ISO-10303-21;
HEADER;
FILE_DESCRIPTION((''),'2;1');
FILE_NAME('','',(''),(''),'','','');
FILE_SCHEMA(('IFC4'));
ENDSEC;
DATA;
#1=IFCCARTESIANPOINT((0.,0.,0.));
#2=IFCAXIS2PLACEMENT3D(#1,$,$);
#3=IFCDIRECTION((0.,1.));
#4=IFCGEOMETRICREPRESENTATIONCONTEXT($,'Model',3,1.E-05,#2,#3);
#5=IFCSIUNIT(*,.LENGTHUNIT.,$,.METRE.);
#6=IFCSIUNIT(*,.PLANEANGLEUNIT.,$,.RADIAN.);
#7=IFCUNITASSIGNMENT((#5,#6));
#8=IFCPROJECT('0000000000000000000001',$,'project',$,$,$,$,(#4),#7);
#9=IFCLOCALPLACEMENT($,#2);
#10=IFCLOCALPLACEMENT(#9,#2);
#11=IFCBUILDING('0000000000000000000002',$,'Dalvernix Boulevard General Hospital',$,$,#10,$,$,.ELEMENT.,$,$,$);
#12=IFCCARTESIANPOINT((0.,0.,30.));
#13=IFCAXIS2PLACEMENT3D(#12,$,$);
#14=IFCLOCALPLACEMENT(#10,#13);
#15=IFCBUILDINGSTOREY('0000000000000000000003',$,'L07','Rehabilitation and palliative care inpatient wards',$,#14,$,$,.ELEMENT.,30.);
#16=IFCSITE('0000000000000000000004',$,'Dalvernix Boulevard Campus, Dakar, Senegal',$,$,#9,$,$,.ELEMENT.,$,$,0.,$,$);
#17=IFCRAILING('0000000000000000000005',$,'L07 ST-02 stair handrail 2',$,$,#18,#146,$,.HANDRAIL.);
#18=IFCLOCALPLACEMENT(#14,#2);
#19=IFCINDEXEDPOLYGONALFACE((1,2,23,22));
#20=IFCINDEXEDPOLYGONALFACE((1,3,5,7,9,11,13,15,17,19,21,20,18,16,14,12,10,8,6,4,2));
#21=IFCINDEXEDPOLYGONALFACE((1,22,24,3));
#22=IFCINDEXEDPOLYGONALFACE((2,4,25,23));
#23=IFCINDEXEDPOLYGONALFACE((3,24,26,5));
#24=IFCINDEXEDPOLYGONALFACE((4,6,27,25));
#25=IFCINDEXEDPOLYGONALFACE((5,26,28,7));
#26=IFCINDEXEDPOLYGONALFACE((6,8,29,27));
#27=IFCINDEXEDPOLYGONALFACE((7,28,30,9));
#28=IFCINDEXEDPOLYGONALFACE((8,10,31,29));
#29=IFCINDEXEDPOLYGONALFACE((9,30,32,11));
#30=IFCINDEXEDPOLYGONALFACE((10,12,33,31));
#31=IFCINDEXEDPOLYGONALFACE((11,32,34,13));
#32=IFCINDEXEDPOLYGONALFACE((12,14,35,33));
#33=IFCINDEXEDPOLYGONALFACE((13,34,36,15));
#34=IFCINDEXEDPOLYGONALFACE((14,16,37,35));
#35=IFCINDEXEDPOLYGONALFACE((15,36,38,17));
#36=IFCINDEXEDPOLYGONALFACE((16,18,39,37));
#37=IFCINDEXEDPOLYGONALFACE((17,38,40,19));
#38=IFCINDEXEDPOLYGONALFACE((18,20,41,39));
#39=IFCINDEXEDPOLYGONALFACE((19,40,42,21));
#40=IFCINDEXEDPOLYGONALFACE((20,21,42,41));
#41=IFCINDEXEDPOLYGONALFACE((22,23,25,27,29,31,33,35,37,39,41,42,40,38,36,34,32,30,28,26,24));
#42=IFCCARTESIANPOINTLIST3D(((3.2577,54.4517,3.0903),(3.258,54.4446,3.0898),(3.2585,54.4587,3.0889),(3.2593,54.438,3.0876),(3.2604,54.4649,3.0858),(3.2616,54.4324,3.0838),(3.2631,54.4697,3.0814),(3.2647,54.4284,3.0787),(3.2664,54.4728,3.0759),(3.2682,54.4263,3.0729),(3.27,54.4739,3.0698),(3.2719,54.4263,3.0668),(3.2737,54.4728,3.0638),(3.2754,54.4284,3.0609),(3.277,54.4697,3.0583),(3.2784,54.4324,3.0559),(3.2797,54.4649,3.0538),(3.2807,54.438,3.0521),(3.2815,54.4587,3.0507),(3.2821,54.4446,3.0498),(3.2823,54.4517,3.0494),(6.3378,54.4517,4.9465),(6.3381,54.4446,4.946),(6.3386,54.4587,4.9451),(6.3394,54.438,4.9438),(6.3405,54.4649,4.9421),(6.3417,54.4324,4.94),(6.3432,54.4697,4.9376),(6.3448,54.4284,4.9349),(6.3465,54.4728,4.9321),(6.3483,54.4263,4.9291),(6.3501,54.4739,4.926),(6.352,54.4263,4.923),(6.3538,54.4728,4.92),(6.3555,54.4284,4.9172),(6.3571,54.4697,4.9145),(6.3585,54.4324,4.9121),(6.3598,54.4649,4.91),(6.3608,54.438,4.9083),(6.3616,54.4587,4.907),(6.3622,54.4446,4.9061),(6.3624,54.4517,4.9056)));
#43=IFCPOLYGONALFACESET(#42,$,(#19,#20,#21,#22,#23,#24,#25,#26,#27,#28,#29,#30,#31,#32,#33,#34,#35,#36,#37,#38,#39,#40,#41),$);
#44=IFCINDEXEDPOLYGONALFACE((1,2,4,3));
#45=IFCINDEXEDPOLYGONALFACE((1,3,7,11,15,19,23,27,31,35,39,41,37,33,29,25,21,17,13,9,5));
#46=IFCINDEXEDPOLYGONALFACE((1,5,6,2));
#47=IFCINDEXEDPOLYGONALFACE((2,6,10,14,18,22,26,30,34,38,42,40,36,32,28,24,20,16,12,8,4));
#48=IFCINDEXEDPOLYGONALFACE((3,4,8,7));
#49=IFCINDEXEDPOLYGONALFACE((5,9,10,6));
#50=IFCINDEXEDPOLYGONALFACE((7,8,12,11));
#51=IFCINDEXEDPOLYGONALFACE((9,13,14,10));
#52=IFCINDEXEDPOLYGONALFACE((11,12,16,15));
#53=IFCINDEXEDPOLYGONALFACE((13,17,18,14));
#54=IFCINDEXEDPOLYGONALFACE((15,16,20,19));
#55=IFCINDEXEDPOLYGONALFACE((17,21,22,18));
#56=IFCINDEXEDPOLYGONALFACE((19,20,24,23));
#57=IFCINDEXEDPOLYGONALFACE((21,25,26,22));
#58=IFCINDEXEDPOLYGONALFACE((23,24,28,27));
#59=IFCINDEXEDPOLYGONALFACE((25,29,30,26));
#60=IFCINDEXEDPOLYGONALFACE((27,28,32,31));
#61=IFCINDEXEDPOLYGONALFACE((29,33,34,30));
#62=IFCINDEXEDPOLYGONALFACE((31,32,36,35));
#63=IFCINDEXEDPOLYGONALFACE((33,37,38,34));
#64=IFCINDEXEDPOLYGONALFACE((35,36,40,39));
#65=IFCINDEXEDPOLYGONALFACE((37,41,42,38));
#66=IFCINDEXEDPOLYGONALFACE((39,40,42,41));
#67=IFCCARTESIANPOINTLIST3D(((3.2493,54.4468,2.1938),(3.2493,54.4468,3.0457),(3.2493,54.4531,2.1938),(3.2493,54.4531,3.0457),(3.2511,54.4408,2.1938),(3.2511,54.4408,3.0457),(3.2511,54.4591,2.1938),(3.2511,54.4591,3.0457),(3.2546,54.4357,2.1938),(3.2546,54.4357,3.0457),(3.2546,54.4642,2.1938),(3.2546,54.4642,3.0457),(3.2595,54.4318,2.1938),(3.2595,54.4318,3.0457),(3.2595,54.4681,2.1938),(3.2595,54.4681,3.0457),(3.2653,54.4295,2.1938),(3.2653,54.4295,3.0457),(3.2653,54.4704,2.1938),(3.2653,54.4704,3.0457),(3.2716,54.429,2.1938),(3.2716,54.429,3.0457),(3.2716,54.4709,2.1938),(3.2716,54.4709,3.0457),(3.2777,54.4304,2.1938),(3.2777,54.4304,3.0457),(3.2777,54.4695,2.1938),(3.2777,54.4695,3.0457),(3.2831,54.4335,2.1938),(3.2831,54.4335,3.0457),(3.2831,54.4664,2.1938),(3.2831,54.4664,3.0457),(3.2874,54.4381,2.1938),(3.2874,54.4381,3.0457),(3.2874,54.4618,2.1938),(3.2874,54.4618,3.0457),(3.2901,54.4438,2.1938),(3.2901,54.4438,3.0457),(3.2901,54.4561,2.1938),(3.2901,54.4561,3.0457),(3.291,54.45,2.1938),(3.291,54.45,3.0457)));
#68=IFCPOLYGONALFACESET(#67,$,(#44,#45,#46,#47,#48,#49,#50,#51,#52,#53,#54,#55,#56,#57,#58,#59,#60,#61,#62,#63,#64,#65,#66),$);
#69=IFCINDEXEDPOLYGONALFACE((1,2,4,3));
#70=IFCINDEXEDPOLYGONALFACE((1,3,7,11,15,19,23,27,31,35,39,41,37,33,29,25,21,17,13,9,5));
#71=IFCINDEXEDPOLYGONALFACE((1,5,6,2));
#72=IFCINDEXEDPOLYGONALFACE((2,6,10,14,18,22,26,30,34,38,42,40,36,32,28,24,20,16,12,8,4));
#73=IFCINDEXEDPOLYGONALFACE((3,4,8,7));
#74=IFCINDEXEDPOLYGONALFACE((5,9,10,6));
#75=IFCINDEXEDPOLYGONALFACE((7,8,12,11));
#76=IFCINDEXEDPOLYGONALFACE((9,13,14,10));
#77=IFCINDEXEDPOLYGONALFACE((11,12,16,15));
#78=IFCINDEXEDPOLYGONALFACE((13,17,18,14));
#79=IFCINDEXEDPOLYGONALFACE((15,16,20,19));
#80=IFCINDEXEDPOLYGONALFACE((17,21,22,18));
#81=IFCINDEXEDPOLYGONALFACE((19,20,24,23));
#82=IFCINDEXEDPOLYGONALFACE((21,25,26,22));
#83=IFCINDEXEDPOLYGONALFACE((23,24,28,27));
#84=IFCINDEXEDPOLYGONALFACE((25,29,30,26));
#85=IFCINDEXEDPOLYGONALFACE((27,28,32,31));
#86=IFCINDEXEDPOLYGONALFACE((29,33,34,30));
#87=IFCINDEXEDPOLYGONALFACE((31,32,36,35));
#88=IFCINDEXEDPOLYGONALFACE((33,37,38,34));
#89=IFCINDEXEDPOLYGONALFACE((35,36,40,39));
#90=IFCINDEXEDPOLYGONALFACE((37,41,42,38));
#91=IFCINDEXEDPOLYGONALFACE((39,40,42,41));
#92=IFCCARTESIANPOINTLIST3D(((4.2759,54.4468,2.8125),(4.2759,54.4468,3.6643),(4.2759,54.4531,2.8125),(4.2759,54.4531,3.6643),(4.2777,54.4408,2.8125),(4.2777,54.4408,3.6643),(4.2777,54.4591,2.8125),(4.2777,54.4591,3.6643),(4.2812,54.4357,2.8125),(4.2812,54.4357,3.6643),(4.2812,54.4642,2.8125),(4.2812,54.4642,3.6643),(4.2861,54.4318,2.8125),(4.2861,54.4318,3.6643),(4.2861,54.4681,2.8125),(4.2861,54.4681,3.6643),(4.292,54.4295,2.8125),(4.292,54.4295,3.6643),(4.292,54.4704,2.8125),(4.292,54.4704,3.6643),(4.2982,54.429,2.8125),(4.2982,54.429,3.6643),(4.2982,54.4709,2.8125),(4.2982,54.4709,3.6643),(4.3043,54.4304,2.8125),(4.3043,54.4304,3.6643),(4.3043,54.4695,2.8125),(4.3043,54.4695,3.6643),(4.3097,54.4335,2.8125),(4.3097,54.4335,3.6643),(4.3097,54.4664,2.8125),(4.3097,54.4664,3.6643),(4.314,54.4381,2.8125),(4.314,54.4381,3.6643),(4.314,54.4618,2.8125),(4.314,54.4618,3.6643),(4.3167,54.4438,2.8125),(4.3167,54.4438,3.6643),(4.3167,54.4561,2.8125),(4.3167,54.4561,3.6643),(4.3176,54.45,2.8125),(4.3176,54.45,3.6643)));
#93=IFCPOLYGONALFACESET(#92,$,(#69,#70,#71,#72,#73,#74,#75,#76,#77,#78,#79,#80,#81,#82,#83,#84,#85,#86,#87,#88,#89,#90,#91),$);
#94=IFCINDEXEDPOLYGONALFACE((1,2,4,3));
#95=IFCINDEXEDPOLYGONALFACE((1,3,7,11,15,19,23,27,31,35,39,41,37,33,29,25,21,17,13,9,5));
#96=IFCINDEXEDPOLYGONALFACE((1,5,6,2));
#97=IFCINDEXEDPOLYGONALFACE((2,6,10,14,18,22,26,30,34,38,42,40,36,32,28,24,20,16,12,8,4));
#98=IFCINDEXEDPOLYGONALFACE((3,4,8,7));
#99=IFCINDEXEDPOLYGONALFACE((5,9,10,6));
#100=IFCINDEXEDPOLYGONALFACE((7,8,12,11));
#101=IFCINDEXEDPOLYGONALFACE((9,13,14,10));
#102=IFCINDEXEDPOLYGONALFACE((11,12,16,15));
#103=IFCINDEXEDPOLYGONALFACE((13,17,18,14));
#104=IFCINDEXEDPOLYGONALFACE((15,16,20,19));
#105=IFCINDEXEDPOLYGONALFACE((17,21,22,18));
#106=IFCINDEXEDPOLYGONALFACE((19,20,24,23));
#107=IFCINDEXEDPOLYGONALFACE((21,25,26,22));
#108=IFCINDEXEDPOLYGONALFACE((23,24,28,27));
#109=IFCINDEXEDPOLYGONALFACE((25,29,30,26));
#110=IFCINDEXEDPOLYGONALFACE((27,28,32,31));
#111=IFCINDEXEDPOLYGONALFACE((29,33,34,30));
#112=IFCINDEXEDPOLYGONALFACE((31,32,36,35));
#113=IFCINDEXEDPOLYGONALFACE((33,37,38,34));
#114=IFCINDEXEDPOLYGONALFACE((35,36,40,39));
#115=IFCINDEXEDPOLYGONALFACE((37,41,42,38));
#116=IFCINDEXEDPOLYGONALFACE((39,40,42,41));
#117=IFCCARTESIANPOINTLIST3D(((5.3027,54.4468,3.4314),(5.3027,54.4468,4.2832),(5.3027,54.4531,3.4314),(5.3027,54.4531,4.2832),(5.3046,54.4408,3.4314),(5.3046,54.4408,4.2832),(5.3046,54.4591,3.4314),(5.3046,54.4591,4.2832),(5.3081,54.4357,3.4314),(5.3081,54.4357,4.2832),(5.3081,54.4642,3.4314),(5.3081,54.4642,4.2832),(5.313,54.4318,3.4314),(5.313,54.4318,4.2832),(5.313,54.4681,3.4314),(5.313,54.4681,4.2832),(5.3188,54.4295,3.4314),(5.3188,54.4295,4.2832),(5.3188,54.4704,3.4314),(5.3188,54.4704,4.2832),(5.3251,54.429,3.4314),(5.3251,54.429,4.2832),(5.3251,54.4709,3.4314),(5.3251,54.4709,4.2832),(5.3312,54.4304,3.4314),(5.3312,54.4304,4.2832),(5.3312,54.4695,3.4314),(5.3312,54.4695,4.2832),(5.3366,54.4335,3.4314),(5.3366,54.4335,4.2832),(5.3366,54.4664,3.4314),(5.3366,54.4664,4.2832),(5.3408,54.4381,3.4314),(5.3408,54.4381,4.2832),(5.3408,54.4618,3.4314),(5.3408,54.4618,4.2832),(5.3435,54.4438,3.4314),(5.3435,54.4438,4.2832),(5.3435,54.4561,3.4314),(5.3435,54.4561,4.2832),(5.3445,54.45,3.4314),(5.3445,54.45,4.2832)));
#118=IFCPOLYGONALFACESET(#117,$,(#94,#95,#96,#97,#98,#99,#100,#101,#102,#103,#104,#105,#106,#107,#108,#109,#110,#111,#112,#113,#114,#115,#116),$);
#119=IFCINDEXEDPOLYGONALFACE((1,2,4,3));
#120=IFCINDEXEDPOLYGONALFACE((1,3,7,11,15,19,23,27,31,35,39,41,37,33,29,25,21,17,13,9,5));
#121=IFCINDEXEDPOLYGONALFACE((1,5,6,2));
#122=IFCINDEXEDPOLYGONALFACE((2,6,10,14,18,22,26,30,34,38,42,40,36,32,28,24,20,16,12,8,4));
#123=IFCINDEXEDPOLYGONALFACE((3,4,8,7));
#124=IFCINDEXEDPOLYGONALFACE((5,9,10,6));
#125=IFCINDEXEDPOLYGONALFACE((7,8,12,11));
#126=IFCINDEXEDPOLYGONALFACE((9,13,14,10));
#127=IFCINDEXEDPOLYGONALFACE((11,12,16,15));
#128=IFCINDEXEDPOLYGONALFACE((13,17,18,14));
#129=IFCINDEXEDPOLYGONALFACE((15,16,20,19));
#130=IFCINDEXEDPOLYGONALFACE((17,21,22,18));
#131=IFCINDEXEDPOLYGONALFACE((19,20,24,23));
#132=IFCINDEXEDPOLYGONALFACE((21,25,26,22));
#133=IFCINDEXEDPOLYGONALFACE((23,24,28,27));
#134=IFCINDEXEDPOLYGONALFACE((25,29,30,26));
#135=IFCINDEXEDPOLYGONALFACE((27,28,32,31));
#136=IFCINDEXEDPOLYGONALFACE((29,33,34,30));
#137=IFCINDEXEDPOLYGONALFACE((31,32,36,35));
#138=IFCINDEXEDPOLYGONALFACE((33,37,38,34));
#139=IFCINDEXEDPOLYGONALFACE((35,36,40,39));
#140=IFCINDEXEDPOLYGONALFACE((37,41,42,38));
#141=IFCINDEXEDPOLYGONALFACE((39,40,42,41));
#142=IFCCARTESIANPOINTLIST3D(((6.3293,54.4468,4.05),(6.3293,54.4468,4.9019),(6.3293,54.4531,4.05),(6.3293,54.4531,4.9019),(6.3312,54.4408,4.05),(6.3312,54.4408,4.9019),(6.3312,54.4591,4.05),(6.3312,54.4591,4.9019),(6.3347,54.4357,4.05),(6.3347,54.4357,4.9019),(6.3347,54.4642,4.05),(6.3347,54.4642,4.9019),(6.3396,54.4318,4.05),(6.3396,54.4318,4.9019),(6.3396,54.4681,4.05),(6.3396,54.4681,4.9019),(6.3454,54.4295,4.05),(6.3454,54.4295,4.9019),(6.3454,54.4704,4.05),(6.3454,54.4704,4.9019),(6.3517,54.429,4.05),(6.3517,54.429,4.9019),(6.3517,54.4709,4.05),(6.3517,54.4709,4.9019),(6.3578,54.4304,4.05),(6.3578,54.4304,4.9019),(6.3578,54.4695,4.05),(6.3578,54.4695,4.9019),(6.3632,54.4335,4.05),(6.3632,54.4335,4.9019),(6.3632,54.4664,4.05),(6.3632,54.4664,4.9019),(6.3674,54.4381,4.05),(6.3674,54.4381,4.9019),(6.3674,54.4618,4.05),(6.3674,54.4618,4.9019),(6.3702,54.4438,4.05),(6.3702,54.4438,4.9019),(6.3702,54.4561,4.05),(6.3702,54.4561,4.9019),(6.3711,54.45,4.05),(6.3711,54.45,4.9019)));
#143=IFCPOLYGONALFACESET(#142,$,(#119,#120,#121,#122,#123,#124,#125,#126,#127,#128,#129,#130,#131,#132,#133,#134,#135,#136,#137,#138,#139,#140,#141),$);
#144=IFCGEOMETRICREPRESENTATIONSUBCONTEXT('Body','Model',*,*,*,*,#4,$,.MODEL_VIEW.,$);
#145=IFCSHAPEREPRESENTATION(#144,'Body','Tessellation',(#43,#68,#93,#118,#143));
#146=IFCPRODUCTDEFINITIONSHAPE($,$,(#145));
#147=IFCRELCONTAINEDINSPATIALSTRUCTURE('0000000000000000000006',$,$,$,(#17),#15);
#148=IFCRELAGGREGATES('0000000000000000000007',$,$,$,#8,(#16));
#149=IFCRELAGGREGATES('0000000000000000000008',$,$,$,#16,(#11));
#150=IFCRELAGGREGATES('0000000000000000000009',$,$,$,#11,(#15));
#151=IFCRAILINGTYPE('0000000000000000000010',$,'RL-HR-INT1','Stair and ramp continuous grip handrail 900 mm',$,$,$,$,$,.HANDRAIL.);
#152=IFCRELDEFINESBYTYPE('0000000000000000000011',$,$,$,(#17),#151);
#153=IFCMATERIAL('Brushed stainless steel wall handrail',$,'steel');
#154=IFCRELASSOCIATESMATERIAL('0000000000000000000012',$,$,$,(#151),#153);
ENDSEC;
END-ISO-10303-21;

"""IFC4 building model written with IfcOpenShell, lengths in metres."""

from ifc_helpers import new_model, si_unit, direction, frame, origin, origin_2d, place, context, subcontext, project, spatial, circle, extrude, material, type_object, element, save


model = new_model("IFC4")

# Units and contexts
model_context = context("Model", 3, precision=1e-05, world=origin(), true_north=direction((0.0, 1.0)))
body_context = subcontext(model_context, "Body", "Model", "MODEL_VIEW")
ifc_project = project(units=[si_unit("LENGTHUNIT", "METRE"), si_unit("PLANEANGLEUNIT", "RADIAN")], contexts=[model_context])

# Site, building, storey
site_placement = place(None, origin())
site = spatial("IfcSite", under=ifc_project, at=site_placement, Name="Dalvernix Boulevard Campus, Dakar, Senegal", CompositionType="ELEMENT", RefElevation=0.0)
building_placement = place(site_placement, origin())
building = spatial("IfcBuilding", under=site, at=building_placement, Name="Dalvernix Boulevard General Hospital", CompositionType="ELEMENT")
storey_placement = place(building_placement, frame((0.0, 0.0, 30.0)))
storey = spatial("IfcBuildingStorey", under=building, at=storey_placement, Name="L07", Description="Rehabilitation and palliative care inpatient wards", CompositionType="ELEMENT", Elevation=30.0)

# Railing
ifc_material_1 = material(Name="Brushed stainless steel wall handrail", Category="steel")
railing_type_1 = type_object("IfcRailingType", Name="RL-HR-INT1", Description="Stair and ramp continuous grip handrail 900 mm", PredefinedType="HANDRAIL", material=ifc_material_1)
railing_1_placement = place(storey_placement, frame((3.27, 54.45, 2.1938)))
element("IfcRailing", 1, at=railing_1_placement, inside=storey, type_object=railing_type_1, Name="L07 ST-02 stair handrail 2", PredefinedType="HANDRAIL", context=body_context, shape_type="SweptSolid", body=[
    extrude(circle(Radius=0.0239, at=origin_2d()), frame((0.0, 0.0, 0.876), z_axis=(0.856491, 0.0, 0.516162), x_axis=(0.0, 1.0, 0.0)), (0.0, 0.0, 1.0), 3.5962),
    extrude(circle(Radius=0.021, at=origin_2d()), origin(), (0.0, 0.0, 1.0), 0.8518),
    extrude(circle(Radius=0.021, at=origin_2d()), frame((1.0266, 0.0, 0.6187)), (0.0, 0.0, 1.0), 0.8518),
    extrude(circle(Radius=0.021, at=origin_2d()), frame((2.0535, 0.0, 1.2375)), (0.0, 0.0, 1.0), 0.8518),
    extrude(circle(Radius=0.021, at=origin_2d()), frame((3.0801, 0.0, 1.8562)), (0.0, 0.0, 1.0), 0.8518),
])

save(model, "model.ifc")
